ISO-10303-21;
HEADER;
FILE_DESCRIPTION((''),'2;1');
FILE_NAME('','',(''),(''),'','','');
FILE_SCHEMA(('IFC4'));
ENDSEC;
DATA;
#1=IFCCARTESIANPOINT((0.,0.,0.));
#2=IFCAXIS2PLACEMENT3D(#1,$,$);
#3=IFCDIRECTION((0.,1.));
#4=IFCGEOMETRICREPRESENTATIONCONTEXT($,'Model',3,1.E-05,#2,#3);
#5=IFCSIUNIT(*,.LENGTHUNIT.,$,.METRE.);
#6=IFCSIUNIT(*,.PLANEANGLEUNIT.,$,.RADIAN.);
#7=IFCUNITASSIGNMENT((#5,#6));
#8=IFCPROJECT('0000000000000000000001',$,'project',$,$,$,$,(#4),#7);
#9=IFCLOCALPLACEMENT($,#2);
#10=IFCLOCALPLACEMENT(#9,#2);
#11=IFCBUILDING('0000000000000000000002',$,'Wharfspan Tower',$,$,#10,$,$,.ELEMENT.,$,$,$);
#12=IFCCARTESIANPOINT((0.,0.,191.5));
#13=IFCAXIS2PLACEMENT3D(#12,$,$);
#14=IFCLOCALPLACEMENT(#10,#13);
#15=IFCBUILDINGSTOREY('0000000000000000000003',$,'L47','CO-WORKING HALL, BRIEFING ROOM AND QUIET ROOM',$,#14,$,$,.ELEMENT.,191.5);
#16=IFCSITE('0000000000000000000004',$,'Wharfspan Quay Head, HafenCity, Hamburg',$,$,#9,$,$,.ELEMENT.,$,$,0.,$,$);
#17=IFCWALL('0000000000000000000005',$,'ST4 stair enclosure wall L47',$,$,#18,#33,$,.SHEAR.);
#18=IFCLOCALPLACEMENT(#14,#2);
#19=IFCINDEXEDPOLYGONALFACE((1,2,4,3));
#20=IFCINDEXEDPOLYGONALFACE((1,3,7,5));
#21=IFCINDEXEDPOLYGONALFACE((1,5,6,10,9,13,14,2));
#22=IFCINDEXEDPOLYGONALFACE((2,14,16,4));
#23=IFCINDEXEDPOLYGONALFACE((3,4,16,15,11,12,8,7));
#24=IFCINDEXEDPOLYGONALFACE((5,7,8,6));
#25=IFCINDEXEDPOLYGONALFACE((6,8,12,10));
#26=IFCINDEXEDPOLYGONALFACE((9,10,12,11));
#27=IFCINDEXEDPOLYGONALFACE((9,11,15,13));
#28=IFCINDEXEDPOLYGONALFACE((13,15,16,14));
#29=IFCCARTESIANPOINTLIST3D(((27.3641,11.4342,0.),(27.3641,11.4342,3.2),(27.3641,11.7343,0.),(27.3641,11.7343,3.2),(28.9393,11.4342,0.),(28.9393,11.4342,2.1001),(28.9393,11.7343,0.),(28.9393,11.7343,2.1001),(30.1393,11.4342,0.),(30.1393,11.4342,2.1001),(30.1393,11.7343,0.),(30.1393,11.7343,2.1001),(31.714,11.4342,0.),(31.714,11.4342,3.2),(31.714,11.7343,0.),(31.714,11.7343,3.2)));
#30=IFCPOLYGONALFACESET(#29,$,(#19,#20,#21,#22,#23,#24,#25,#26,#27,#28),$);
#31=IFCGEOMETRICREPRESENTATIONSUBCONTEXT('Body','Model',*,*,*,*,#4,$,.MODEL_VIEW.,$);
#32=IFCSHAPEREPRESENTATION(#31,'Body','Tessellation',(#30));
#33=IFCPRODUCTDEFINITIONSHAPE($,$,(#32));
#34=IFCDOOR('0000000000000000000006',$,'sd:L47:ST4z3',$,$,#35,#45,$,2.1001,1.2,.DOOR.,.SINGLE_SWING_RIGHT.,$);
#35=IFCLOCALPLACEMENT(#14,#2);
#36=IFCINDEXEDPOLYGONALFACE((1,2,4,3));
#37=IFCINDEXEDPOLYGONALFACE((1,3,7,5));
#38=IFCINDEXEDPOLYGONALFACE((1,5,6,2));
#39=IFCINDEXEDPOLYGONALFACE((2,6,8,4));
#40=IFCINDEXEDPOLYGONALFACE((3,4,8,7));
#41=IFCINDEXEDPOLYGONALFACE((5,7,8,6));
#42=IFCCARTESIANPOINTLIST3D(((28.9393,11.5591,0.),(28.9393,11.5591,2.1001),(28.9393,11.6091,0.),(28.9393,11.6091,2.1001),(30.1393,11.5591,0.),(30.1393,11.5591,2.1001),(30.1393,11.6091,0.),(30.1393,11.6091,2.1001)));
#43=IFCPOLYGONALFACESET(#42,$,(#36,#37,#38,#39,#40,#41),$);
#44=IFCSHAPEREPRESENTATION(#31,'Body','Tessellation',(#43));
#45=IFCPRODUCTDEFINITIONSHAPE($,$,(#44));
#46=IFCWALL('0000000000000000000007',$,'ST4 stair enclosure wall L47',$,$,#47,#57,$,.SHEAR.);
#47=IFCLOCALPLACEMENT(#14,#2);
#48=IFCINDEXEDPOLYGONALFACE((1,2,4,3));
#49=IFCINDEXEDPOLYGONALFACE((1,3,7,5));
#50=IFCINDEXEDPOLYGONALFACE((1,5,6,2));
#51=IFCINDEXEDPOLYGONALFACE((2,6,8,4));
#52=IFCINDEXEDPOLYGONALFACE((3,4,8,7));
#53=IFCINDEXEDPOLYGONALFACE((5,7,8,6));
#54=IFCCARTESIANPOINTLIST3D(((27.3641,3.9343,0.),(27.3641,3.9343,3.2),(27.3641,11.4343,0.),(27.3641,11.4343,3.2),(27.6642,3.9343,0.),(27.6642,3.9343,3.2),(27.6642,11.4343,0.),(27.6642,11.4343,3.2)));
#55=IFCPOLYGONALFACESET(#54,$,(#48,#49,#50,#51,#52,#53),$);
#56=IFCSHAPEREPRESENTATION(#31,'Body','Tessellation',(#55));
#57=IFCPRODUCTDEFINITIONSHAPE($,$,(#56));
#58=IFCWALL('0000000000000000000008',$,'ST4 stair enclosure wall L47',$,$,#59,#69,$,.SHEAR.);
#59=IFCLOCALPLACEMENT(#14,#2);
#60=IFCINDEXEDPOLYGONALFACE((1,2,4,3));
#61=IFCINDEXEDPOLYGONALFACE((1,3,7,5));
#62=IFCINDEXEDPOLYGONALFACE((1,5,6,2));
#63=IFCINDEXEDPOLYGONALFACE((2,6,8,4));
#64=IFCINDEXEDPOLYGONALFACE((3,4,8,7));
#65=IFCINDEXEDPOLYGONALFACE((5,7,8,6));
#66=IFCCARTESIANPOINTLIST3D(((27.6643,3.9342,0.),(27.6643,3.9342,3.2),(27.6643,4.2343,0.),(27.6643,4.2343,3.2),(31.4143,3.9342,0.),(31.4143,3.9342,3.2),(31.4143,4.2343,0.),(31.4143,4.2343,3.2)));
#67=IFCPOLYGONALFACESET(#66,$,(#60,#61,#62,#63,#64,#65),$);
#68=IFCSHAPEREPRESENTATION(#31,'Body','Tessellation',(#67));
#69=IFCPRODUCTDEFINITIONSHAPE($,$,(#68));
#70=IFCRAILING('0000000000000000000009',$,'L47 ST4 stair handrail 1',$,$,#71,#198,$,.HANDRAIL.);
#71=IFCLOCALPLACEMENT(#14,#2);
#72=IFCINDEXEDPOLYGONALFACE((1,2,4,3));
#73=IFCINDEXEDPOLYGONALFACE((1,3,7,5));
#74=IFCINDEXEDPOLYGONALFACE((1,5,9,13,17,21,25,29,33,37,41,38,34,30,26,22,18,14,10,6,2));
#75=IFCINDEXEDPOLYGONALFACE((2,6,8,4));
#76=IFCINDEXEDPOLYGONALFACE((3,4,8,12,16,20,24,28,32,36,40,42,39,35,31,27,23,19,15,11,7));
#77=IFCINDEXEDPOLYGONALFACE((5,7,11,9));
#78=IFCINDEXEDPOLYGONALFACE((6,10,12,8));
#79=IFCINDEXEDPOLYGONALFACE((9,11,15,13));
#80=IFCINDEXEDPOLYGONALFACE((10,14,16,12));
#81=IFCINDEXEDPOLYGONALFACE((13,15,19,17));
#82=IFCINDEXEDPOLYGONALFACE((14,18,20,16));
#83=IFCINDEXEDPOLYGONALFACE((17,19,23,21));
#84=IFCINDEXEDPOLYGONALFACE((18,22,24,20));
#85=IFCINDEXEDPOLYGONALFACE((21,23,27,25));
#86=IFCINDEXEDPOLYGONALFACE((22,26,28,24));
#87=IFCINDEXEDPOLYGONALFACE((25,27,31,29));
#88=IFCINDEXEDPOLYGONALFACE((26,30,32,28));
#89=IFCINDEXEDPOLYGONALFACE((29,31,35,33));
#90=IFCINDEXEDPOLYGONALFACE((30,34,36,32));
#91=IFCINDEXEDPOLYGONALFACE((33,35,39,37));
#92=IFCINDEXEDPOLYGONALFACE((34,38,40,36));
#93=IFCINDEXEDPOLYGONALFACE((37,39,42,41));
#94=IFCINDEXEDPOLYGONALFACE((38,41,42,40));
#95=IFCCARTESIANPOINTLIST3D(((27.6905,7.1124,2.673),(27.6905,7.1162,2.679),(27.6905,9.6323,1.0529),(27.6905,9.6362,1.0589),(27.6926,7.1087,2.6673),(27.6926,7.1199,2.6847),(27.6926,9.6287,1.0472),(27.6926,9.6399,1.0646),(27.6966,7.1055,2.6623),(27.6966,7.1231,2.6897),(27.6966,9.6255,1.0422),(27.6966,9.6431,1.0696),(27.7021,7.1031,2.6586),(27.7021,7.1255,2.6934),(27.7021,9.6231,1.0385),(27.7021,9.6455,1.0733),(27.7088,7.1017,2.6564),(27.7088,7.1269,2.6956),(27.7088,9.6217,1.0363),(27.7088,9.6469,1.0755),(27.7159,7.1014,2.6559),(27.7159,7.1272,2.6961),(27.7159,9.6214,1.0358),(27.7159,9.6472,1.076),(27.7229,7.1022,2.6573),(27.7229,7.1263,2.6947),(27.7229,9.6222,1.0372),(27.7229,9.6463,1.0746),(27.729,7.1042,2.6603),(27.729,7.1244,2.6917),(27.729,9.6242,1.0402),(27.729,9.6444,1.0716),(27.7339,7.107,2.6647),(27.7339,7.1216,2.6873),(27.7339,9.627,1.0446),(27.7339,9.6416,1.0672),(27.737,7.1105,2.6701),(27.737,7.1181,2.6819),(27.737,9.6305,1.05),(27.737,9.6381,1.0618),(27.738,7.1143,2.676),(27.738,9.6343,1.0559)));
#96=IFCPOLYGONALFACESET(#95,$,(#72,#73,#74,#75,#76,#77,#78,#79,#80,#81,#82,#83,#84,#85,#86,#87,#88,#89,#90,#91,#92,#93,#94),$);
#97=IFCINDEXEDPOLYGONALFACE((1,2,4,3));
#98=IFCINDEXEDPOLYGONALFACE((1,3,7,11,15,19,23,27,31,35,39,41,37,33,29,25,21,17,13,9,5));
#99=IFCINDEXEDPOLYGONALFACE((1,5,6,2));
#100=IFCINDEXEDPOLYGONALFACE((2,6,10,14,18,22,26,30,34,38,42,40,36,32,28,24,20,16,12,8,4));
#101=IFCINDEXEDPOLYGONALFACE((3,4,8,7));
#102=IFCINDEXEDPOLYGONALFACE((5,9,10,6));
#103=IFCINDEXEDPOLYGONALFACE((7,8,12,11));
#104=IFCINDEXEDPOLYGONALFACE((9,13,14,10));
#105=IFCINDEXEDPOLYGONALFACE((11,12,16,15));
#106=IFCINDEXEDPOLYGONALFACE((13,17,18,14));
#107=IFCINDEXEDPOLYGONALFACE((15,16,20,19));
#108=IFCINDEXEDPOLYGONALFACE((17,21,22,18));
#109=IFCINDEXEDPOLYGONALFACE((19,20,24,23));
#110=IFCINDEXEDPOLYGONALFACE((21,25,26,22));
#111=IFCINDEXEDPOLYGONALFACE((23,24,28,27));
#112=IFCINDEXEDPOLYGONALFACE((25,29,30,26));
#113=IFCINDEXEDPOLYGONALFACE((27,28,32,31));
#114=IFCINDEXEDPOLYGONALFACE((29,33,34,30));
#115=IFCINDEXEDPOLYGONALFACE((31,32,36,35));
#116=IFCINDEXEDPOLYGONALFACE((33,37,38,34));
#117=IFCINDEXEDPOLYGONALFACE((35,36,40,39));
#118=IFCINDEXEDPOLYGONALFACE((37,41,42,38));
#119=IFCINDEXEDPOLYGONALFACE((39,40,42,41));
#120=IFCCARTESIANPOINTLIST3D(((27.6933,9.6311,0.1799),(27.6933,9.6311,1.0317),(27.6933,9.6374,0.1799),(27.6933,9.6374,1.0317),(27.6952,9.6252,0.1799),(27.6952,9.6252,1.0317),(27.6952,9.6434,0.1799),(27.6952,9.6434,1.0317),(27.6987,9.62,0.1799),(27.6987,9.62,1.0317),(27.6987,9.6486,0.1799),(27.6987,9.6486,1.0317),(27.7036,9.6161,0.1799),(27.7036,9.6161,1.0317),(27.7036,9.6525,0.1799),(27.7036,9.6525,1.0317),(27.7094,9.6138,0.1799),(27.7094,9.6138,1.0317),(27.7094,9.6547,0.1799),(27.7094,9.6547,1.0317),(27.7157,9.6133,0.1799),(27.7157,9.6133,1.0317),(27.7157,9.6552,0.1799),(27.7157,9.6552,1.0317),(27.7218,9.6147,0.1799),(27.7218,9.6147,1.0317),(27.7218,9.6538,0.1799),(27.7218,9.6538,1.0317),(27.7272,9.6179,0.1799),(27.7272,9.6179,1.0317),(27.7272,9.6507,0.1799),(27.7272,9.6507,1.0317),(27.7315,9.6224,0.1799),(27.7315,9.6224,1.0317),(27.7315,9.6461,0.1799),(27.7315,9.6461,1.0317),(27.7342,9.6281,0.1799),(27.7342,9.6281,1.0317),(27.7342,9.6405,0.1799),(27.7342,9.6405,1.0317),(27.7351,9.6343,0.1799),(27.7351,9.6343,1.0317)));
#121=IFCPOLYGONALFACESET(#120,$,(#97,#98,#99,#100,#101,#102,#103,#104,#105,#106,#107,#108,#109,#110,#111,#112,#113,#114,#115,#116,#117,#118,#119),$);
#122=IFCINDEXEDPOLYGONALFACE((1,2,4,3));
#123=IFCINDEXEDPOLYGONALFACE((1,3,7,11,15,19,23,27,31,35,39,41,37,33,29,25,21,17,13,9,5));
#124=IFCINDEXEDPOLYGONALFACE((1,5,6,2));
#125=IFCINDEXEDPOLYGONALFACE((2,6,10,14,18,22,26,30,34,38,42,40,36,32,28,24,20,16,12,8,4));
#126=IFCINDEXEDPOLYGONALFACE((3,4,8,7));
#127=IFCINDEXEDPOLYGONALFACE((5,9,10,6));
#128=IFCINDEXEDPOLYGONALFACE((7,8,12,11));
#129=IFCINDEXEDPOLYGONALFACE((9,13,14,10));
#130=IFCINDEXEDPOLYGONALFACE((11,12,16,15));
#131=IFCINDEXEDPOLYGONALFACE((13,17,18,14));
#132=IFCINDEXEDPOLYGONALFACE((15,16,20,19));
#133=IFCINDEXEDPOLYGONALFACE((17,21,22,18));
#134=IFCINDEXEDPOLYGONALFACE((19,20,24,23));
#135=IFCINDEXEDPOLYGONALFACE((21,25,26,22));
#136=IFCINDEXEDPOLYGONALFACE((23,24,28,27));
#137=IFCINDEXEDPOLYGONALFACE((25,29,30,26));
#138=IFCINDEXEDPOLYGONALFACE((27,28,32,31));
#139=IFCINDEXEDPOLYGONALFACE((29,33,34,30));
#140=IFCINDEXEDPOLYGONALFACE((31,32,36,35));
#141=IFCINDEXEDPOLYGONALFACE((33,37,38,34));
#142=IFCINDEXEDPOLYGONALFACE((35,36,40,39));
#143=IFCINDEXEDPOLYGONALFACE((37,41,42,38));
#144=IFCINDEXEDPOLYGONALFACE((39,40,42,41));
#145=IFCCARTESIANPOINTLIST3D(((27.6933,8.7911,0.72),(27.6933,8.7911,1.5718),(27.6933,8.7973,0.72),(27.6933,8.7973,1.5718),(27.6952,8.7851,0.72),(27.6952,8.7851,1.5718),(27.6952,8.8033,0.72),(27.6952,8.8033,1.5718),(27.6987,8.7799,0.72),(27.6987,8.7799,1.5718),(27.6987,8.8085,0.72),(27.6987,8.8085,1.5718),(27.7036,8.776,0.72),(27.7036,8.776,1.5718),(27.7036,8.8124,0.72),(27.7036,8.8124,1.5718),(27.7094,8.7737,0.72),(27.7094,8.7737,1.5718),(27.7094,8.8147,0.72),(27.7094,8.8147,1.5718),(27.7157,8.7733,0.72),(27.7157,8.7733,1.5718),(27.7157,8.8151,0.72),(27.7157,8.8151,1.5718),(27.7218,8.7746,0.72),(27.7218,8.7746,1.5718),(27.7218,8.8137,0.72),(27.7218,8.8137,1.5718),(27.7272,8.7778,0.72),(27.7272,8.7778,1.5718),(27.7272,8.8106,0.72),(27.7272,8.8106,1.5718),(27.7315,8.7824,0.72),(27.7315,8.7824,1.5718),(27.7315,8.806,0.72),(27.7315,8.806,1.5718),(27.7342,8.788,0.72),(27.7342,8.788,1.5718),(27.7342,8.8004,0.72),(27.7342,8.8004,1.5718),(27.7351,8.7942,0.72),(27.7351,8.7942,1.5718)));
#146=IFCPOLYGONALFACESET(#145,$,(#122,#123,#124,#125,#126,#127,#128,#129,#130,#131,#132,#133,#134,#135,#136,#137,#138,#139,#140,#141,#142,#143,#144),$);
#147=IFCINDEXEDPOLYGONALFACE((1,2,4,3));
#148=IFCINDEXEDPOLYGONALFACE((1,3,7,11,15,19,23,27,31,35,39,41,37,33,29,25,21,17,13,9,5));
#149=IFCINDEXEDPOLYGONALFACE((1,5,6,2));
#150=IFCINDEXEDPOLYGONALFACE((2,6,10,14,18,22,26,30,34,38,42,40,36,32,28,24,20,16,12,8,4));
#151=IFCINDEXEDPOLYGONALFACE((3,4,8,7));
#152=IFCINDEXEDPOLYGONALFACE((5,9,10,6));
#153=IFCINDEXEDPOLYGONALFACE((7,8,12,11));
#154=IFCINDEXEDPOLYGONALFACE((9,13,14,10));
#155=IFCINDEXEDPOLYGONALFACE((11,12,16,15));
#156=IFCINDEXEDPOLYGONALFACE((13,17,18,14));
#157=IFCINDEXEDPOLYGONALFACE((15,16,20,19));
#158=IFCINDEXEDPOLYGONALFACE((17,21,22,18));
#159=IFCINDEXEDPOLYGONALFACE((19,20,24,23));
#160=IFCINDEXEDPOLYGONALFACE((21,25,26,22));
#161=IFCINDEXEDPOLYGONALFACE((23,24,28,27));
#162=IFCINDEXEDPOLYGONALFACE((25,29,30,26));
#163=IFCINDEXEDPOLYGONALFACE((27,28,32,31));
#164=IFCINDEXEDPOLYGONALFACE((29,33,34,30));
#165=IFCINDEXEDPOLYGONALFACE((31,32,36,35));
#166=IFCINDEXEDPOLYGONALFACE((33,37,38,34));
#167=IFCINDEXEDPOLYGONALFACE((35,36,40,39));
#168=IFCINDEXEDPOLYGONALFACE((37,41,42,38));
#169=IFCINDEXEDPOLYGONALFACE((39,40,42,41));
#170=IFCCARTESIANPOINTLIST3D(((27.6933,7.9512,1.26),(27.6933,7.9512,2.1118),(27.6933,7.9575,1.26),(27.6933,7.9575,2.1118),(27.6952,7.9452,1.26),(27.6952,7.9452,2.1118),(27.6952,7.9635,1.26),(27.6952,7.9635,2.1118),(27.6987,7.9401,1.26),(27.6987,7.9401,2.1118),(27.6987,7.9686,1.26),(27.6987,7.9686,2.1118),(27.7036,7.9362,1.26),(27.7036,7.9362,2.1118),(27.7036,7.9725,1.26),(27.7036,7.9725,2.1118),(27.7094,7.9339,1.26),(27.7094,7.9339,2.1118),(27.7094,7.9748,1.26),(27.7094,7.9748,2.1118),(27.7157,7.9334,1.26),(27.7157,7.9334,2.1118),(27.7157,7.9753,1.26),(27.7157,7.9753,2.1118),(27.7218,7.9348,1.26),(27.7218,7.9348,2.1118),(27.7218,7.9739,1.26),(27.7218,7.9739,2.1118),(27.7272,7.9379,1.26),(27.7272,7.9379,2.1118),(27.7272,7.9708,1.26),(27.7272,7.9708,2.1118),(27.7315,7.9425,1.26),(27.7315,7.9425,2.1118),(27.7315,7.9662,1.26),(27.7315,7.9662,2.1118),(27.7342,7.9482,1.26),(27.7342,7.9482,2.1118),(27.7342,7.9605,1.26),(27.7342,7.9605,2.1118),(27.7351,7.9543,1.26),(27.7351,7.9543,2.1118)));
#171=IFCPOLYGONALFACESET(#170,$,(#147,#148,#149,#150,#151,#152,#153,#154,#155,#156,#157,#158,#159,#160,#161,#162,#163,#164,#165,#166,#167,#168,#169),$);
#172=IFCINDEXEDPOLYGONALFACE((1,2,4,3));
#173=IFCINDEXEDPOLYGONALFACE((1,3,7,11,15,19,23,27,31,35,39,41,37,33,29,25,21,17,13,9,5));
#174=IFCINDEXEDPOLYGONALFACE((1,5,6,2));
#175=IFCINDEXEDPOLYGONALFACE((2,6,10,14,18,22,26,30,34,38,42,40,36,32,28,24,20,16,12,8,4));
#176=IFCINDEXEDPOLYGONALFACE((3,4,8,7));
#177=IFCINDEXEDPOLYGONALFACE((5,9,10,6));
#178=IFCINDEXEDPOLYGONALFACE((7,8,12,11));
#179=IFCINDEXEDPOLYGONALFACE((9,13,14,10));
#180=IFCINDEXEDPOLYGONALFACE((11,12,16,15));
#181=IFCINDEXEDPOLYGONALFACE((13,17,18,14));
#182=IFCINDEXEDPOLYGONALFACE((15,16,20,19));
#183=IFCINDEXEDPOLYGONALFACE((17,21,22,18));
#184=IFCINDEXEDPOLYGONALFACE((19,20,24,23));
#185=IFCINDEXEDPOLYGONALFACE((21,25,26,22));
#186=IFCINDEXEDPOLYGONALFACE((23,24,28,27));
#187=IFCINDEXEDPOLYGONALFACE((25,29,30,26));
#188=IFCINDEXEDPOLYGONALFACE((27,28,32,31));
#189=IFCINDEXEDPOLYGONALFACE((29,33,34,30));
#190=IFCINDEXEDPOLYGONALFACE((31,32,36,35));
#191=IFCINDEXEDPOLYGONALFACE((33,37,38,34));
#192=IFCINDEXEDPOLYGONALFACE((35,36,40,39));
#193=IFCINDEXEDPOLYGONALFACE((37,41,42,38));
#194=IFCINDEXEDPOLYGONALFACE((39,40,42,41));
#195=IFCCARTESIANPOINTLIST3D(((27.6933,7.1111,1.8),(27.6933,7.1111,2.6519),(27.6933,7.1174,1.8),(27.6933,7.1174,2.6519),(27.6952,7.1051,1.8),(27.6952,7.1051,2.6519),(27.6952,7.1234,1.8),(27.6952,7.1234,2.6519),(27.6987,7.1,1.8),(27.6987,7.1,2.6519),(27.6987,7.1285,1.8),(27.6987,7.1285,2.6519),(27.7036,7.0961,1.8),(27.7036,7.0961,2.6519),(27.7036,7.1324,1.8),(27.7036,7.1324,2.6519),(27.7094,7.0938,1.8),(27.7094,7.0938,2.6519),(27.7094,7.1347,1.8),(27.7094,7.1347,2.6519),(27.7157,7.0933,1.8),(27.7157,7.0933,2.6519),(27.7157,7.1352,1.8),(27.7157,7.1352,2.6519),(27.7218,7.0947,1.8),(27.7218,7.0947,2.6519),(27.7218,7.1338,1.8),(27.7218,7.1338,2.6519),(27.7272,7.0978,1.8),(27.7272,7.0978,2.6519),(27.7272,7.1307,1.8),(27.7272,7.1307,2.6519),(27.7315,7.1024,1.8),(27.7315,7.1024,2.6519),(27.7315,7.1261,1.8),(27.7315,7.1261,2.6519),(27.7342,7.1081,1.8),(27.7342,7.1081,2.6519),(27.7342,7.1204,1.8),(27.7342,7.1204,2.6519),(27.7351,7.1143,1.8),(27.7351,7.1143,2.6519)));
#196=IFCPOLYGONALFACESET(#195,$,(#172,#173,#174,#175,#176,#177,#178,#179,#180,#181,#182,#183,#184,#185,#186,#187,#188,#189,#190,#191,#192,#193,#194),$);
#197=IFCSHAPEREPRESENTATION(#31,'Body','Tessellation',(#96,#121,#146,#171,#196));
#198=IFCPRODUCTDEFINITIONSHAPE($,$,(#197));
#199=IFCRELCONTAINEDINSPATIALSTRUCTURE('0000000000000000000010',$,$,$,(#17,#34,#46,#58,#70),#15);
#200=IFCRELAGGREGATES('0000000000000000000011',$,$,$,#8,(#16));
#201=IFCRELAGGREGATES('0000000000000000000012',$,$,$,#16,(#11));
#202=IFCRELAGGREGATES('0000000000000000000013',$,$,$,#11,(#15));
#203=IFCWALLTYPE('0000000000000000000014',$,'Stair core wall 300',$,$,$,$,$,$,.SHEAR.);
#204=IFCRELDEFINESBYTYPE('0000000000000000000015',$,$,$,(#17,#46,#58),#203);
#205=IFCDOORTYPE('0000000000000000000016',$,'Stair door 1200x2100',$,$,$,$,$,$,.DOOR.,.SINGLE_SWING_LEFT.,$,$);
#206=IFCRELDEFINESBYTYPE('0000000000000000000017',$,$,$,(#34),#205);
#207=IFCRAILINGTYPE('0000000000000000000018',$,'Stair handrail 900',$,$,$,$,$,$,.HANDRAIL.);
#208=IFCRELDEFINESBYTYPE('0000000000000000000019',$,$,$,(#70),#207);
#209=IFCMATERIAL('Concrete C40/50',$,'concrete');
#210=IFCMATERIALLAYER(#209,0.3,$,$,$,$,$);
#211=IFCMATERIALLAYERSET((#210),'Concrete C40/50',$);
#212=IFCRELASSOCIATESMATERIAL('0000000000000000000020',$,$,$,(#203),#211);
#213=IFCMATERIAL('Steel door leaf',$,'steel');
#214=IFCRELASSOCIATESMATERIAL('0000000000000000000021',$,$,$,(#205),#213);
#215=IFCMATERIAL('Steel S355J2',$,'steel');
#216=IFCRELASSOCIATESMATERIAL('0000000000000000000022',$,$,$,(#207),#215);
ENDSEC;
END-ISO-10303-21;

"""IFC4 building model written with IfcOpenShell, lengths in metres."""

from ifc_helpers import new_model, si_unit, direction, frame, frame_2d, origin, origin_2d, place, context, subcontext, project, spatial, rectangle, circle, extrude, material, layer, layer_set, type_object, element, fill, save


model = new_model("IFC4")

# Units and contexts
model_context = context("Model", 3, precision=1e-05, world=origin(), true_north=direction((0.0, 1.0)))
body_context = subcontext(model_context, "Body", "Model", "MODEL_VIEW")
ifc_project = project(units=[si_unit("LENGTHUNIT", "METRE"), si_unit("PLANEANGLEUNIT", "RADIAN")], contexts=[model_context])

# Site, building, storey
site_placement = place(None, origin())
site = spatial("IfcSite", under=ifc_project, at=site_placement, Name="Wharfspan Quay Head, HafenCity, Hamburg", CompositionType="ELEMENT", RefElevation=0.0)
building_placement = place(site_placement, origin())
building = spatial("IfcBuilding", under=site, at=building_placement, Name="Wharfspan Tower", CompositionType="ELEMENT")
storey_placement = place(building_placement, frame((0.0, 0.0, 191.5)))
storey = spatial("IfcBuildingStorey", under=building, at=storey_placement, Name="L47", Description="CO-WORKING HALL, BRIEFING ROOM AND QUIET ROOM", CompositionType="ELEMENT", Elevation=191.5)

# Shared definitions
ifc_material_1 = material(Name="Steel S355J2", Category="steel")

# Wall, opening, door
ifc_material_2 = material(Name="Concrete C40/50", Category="concrete")
ifc_layer_1 = layer(ifc_material_2, 0.3)
ifc_layer_set_1 = layer_set([ifc_layer_1], Name="Concrete C40/50")
wall_type_1 = type_object("IfcWallType", Name="Stair core wall 300", PredefinedType="SHEAR", material=ifc_layer_set_1)
wall_1_placement = place(storey_placement, frame((27.3643, 11.5842, 0.0), z_axis=(0.0, 0.0, 1.0), x_axis=(1.0, 0.0, 0.0)))
wall_1 = element("IfcWall", 1, at=wall_1_placement, inside=storey, type_object=wall_type_1, Name="ST4 stair enclosure wall L47", PredefinedType="SHEAR", context=body_context, shape_type="SweptSolid", body=[
    extrude(rectangle(XDim=4.3499, YDim=0.3, at=frame_2d((2.1748, 0.0))), origin(), (0.0, 0.0, 1.0), 3.2),
])
opening_1_placement = place(wall_1_placement, frame((1.575, 0.0, 0.0)))
opening_1 = element("IfcOpeningElement", 2, at=opening_1_placement, cuts=wall_1, PredefinedType="OPENING", context=body_context, shape_type="SweptSolid", body=[
    extrude(rectangle(XDim=1.2, YDim=2.1001, at=frame_2d((0.6001, 1.05))), frame((0.0, 0.1599, 0.0), z_axis=(0.0, -1.0, 0.0), x_axis=(1.0, 0.0, 0.0)), (0.0, 0.0, 1.0), 0.3201),
])
ifc_material_3 = material(Name="Steel door leaf", Category="steel")
door_type_1 = type_object("IfcDoorType", Name="Stair door 1200x2100", OperationType="SINGLE_SWING_LEFT", PredefinedType="DOOR", material=ifc_material_3)
door_1_placement = place(opening_1_placement, origin())
door_1 = element("IfcDoor", 3, at=door_1_placement, inside=storey, type_object=door_type_1, Name="sd:L47:ST4z3", OperationType="SINGLE_SWING_RIGHT", OverallHeight=2.1001, OverallWidth=1.2, PredefinedType="DOOR", context=body_context, shape_type="SweptSolid", body=[
    extrude(rectangle(XDim=1.2, YDim=2.1001, at=frame_2d((0.6001, 1.05))), frame((0.0, 0.0249, 0.0), z_axis=(0.0, -1.0, 0.0), x_axis=(1.0, 0.0, 0.0)), (0.0, 0.0, 1.0), 0.05),
])
fill(opening_1, door_1)

# Walls
wall_2_placement = place(storey_placement, frame((27.5142, 3.9343, 0.0), z_axis=(0.0, 0.0, 1.0), x_axis=(0.0, 1.0, 0.0)))
element("IfcWall", 4, at=wall_2_placement, inside=storey, type_object=wall_type_1, Name="ST4 stair enclosure wall L47", PredefinedType="SHEAR", context=body_context, shape_type="SweptSolid", body=[
    extrude(rectangle(XDim=7.5, YDim=0.3, at=frame_2d((3.75, 0.0))), origin(), (0.0, 0.0, 1.0), 3.2),
])
wall_3_placement = place(storey_placement, frame((27.6643, 4.0842, 0.0), z_axis=(0.0, 0.0, 1.0), x_axis=(1.0, 0.0, 0.0)))
element("IfcWall", 5, at=wall_3_placement, inside=storey, type_object=wall_type_1, Name="ST4 stair enclosure wall L47", PredefinedType="SHEAR", context=body_context, shape_type="SweptSolid", body=[
    extrude(rectangle(XDim=3.75, YDim=0.3, at=frame_2d((1.875, 0.0))), origin(), (0.0, 0.0, 1.0), 3.2),
])

# Railing
railing_type = type_object("IfcRailingType", Name="Stair handrail 900", PredefinedType="HANDRAIL", material=ifc_material_1)
railing_placement = place(storey_placement, frame((27.7141, 9.6343, 0.1799)))
element("IfcRailing", 6, at=railing_placement, inside=storey, type_object=railing_type, Name="L47 ST4 stair handrail 1", PredefinedType="HANDRAIL", context=body_context, shape_type="SweptSolid", body=[
    extrude(circle(Radius=0.0239, at=origin_2d()), frame((0.0, 0.0, 0.876), z_axis=(0.0, -0.841163, 0.540782), x_axis=(1.0, 0.0, 0.0)), (0.0, 0.0, 1.0), 2.9958),
    extrude(circle(Radius=0.021, at=origin_2d()), origin(), (0.0, 0.0, 1.0), 0.8518),
    extrude(circle(Radius=0.021, at=origin_2d()), frame((0.0, -0.8401, 0.54)), (0.0, 0.0, 1.0), 0.8518),
    extrude(circle(Radius=0.021, at=origin_2d()), frame((0.0, -1.6799, 1.0801)), (0.0, 0.0, 1.0), 0.8518),
    extrude(circle(Radius=0.021, at=origin_2d()), frame((0.0, -2.52, 1.6201)), (0.0, 0.0, 1.0), 0.8518),
])

save(model, "model.ifc")
